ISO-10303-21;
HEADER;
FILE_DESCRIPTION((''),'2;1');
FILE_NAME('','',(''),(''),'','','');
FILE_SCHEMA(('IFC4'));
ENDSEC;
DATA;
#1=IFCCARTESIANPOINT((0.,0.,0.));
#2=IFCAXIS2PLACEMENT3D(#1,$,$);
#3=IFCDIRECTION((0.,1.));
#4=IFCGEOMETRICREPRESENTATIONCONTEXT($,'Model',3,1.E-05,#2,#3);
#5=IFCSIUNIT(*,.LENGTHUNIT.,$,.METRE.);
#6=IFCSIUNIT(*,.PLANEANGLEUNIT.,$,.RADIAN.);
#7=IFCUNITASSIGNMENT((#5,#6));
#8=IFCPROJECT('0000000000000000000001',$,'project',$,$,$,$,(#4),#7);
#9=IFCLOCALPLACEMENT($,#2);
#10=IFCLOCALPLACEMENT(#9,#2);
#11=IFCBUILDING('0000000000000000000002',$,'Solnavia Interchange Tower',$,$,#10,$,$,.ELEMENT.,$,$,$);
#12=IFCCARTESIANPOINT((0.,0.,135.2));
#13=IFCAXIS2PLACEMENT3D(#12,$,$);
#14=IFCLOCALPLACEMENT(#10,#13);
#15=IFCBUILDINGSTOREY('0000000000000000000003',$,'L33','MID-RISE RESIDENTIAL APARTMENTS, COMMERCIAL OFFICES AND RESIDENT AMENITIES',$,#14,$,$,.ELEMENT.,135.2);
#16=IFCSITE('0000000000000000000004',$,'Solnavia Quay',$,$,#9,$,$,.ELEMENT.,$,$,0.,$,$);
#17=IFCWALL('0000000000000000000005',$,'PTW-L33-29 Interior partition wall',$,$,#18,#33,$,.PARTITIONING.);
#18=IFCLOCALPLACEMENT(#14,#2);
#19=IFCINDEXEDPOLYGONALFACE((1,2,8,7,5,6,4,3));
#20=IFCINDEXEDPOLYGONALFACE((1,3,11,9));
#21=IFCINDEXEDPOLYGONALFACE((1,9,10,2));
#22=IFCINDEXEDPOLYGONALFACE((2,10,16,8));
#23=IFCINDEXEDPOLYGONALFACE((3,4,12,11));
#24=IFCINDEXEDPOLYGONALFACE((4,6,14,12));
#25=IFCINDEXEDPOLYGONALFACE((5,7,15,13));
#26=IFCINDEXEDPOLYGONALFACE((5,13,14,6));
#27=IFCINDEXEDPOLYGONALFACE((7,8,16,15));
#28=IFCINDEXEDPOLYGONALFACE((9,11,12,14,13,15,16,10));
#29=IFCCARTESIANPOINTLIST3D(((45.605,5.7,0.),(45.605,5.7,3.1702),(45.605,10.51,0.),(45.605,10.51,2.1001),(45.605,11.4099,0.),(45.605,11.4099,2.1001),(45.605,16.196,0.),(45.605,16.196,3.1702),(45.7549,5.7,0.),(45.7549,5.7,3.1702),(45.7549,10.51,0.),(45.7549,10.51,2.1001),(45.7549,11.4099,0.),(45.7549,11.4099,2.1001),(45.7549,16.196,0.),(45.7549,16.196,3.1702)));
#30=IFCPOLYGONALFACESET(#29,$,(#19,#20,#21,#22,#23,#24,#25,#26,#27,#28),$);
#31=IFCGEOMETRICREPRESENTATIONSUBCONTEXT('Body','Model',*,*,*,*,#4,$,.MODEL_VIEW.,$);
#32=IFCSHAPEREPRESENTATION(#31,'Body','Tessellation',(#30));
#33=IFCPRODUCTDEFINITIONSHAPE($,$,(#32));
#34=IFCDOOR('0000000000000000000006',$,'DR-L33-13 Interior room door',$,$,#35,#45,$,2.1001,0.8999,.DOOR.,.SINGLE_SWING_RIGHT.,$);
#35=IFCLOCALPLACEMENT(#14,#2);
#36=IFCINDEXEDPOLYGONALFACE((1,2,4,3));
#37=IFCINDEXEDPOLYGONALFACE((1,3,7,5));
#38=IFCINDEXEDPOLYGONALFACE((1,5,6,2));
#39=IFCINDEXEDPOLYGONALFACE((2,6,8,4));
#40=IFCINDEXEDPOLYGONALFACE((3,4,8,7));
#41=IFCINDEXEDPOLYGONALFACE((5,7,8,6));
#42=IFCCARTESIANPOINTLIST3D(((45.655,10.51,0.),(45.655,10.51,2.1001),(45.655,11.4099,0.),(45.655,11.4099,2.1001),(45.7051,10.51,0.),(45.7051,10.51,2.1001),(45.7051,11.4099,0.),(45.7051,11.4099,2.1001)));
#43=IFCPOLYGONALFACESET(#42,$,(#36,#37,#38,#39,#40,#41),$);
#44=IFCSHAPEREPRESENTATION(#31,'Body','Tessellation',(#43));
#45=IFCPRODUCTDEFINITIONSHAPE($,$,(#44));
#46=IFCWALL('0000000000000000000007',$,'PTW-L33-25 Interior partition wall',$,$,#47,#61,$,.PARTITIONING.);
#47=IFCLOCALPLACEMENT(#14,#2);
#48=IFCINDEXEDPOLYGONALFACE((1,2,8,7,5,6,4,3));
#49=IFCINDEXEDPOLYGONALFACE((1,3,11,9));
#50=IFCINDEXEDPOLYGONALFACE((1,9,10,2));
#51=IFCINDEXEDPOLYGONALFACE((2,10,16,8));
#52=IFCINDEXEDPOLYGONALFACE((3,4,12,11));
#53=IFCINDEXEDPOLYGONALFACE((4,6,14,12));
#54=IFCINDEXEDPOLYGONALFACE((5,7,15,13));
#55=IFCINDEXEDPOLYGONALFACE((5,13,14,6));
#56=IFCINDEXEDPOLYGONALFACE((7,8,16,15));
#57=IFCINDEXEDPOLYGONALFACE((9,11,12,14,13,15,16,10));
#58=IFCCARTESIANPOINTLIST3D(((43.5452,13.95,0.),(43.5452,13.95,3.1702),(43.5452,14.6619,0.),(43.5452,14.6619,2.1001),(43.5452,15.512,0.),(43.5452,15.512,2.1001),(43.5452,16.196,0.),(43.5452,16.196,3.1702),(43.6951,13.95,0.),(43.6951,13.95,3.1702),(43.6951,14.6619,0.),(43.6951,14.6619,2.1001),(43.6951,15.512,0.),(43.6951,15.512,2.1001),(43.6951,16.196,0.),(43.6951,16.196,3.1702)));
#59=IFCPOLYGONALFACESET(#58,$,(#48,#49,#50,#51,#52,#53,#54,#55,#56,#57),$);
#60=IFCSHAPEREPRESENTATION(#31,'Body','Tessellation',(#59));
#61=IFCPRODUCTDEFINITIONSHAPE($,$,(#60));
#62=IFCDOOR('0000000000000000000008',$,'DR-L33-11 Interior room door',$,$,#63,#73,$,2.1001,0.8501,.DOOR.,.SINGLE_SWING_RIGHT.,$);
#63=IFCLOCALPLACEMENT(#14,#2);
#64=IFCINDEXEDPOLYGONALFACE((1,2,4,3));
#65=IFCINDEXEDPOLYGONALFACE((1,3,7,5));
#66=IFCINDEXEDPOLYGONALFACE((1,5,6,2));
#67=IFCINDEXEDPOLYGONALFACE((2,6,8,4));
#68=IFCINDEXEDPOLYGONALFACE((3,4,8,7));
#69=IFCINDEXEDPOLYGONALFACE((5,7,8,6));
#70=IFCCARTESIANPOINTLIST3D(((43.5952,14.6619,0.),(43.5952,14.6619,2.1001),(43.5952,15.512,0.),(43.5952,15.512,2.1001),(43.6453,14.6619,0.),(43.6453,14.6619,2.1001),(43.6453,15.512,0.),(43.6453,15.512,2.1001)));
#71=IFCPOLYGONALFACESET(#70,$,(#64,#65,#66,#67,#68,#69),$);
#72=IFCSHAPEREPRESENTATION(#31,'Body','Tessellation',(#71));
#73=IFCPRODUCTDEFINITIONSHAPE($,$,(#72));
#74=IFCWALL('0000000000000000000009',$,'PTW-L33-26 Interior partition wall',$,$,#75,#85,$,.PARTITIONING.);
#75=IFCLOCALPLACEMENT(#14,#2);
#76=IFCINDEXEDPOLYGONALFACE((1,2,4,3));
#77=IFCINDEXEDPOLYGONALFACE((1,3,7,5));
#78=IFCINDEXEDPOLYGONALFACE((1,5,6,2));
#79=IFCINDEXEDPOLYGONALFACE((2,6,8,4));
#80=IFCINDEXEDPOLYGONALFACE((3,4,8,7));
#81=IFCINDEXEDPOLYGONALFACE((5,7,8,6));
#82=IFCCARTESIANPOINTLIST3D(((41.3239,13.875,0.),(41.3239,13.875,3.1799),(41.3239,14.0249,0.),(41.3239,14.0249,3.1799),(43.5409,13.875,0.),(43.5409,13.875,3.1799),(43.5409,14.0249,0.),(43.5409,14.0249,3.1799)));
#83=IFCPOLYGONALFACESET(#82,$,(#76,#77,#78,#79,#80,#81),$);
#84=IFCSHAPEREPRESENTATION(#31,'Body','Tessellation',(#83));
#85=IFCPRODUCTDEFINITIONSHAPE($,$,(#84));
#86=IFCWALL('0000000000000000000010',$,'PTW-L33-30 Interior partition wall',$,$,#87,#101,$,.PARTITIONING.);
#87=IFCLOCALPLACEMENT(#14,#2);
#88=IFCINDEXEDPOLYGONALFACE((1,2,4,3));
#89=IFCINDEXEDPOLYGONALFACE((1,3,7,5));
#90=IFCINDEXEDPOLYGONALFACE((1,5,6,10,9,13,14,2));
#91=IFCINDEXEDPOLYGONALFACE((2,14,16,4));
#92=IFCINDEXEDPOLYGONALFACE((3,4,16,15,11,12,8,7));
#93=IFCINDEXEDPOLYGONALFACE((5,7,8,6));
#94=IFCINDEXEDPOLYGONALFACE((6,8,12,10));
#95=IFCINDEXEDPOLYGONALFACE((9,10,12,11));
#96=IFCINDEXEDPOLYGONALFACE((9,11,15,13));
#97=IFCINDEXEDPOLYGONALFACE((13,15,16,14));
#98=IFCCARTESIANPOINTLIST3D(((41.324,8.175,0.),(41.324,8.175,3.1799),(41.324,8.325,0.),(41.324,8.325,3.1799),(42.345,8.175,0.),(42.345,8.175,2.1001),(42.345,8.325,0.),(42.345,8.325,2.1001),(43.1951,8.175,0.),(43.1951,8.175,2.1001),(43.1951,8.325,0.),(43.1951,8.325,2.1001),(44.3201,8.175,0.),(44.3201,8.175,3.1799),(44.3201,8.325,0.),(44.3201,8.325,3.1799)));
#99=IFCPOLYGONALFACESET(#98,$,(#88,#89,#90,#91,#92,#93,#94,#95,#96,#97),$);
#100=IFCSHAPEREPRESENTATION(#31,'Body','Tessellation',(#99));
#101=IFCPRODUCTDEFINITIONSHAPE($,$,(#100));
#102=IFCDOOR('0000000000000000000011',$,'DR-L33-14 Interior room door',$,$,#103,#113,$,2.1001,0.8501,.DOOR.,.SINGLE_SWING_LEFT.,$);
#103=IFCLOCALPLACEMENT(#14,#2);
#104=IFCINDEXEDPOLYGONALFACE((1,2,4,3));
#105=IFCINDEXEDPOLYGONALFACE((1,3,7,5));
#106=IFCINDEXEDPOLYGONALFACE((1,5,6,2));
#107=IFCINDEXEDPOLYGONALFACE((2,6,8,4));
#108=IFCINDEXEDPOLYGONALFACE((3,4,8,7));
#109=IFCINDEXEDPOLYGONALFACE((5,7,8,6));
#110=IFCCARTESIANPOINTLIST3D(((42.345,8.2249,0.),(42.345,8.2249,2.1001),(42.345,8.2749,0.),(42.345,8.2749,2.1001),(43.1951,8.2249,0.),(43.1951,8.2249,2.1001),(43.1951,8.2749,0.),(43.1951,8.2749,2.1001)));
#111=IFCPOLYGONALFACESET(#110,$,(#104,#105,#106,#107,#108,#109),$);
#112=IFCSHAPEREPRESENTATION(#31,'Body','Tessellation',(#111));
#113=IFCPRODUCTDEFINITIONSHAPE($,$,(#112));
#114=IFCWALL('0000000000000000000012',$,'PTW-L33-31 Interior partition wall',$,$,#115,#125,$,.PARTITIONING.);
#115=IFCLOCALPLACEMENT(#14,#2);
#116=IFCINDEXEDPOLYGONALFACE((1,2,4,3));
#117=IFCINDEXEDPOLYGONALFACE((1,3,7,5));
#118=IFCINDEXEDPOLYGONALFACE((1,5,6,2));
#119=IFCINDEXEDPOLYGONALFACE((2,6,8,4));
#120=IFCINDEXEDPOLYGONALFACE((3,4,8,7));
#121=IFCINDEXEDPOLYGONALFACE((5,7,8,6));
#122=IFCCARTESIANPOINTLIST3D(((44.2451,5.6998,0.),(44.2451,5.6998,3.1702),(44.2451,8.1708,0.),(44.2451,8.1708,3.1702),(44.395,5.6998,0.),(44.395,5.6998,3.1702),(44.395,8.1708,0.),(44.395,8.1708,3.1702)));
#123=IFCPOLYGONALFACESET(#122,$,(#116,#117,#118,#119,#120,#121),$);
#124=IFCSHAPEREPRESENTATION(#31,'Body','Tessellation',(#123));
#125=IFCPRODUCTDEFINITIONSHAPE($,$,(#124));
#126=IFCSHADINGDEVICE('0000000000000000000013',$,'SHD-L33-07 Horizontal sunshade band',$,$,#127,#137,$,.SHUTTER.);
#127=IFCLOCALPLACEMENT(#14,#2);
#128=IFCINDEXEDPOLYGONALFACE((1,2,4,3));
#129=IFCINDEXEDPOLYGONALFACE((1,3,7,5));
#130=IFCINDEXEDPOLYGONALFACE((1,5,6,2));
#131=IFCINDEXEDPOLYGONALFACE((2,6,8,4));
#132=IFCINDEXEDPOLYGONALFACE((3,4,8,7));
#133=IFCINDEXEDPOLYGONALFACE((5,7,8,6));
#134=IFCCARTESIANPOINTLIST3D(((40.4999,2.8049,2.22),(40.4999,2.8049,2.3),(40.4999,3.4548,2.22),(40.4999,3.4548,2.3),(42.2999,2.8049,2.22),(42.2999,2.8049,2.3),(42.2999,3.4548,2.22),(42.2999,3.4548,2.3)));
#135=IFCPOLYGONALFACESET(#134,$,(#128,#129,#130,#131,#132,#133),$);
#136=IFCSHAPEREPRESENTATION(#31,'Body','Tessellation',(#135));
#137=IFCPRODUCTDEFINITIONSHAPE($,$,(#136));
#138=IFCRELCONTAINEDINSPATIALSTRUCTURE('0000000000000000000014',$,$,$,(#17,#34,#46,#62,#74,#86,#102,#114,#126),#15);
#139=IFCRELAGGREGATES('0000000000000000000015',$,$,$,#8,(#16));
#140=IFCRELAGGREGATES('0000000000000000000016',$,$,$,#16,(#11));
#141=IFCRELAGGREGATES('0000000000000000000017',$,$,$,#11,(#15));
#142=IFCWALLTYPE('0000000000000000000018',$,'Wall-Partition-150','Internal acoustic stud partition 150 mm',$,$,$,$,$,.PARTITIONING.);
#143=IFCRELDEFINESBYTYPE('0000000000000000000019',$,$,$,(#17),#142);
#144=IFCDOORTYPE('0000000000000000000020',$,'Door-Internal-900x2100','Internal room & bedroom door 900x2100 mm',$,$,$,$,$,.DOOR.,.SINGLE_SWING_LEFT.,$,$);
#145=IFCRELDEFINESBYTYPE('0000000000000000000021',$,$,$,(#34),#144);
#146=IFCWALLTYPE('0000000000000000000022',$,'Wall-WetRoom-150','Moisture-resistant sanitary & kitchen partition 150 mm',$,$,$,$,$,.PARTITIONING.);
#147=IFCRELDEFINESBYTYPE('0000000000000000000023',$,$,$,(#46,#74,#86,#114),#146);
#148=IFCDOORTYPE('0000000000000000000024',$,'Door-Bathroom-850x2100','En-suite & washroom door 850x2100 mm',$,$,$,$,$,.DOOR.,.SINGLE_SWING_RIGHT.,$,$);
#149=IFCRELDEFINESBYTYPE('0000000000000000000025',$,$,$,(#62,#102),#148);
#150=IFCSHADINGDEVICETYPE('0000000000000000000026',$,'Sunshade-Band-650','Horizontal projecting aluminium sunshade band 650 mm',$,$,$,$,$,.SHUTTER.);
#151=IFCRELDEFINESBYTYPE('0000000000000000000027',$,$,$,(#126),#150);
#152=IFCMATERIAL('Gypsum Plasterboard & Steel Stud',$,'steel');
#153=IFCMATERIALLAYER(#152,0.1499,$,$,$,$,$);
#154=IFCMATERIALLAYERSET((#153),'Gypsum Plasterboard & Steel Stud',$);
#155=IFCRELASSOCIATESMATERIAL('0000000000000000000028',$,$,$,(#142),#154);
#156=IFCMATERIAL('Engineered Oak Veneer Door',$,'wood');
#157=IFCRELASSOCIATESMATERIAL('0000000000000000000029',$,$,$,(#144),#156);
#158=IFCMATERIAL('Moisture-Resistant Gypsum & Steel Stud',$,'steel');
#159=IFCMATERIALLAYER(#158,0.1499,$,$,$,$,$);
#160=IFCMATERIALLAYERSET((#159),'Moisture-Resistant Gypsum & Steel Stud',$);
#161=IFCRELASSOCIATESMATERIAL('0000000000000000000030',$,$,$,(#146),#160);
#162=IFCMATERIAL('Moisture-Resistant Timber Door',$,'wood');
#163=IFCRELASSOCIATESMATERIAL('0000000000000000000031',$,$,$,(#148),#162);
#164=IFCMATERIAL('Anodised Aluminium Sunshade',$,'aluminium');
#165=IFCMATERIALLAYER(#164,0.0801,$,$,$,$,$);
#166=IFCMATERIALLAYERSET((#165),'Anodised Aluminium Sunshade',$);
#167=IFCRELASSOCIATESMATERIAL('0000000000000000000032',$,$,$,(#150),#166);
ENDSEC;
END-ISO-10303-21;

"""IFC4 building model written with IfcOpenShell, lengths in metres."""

from ifc_helpers import new_model, si_unit, direction, frame, frame_2d, origin, origin_2d, place, context, subcontext, project, spatial, rectangle, extrude, material, layer, layer_set, type_object, element, fill, save


model = new_model("IFC4")

# Units and contexts
model_context = context("Model", 3, precision=1e-05, world=origin(), true_north=direction((0.0, 1.0)))
body_context = subcontext(model_context, "Body", "Model", "MODEL_VIEW")
ifc_project = project(units=[si_unit("LENGTHUNIT", "METRE"), si_unit("PLANEANGLEUNIT", "RADIAN")], contexts=[model_context])

# Site, building, storey
site_placement = place(None, origin())
site = spatial("IfcSite", under=ifc_project, at=site_placement, Name="Solnavia Quay", CompositionType="ELEMENT", RefElevation=0.0)
building_placement = place(site_placement, origin())
building = spatial("IfcBuilding", under=site, at=building_placement, Name="Solnavia Interchange Tower", CompositionType="ELEMENT")
storey_placement = place(building_placement, frame((0.0, 0.0, 135.2)))
storey = spatial("IfcBuildingStorey", under=building, at=storey_placement, Name="L33", Description="MID-RISE RESIDENTIAL APARTMENTS, COMMERCIAL OFFICES AND RESIDENT AMENITIES", CompositionType="ELEMENT", Elevation=135.2)

# Walls, openings, doors
ifc_material_1 = material(Name="Gypsum Plasterboard & Steel Stud", Category="steel")
ifc_layer_1 = layer(ifc_material_1, 0.1499)
ifc_layer_set_1 = layer_set([ifc_layer_1], Name="Gypsum Plasterboard & Steel Stud")
wall_type_1 = type_object("IfcWallType", Name="Wall-Partition-150", Description="Internal acoustic stud partition 150 mm", PredefinedType="PARTITIONING", material=ifc_layer_set_1)
wall_1_placement = place(storey_placement, frame((45.6799, 5.7, 0.0), z_axis=(0.0, 0.0, 1.0), x_axis=(0.0, 1.0, 0.0)))
wall_1 = element("IfcWall", 1, at=wall_1_placement, inside=storey, type_object=wall_type_1, Name="PTW-L33-29 Interior partition wall", PredefinedType="PARTITIONING", context=body_context, shape_type="SweptSolid", body=[
    extrude(rectangle(XDim=10.4961, YDim=0.1499, at=frame_2d((5.248, 0.0))), origin(), (0.0, 0.0, 1.0), 3.1702),
])
opening_1_placement = place(wall_1_placement, frame((4.8101, 0.0, 0.0)))
opening_1 = element("IfcOpeningElement", 2, at=opening_1_placement, cuts=wall_1, PredefinedType="OPENING", context=body_context, shape_type="SweptSolid", body=[
    extrude(rectangle(XDim=0.8999, YDim=2.1001, at=frame_2d((0.45, 1.05))), frame((0.0, 0.085, 0.0), z_axis=(0.0, -1.0, 0.0), x_axis=(1.0, 0.0, 0.0)), (0.0, 0.0, 1.0), 0.1699),
])
ifc_material_2 = material(Name="Engineered Oak Veneer Door", Category="wood")
door_type_1 = type_object("IfcDoorType", Name="Door-Internal-900x2100", Description="Internal room & bedroom door 900x2100 mm", OperationType="SINGLE_SWING_LEFT", PredefinedType="DOOR", material=ifc_material_2)
door_1_placement = place(opening_1_placement, origin())
door_1 = element("IfcDoor", 3, at=door_1_placement, inside=storey, type_object=door_type_1, Name="DR-L33-13 Interior room door", OperationType="SINGLE_SWING_RIGHT", OverallHeight=2.1001, OverallWidth=0.8999, PredefinedType="DOOR", context=body_context, shape_type="SweptSolid", body=[
    extrude(rectangle(XDim=0.8999, YDim=2.1001, at=frame_2d((0.45, 1.05))), frame((0.0, 0.0249, 0.0), z_axis=(0.0, -1.0, 0.0), x_axis=(1.0, 0.0, 0.0)), (0.0, 0.0, 1.0), 0.05),
])
fill(opening_1, door_1)
ifc_material_3 = material(Name="Moisture-Resistant Gypsum & Steel Stud", Category="steel")
ifc_layer_2 = layer(ifc_material_3, 0.1499)
ifc_layer_set_2 = layer_set([ifc_layer_2], Name="Moisture-Resistant Gypsum & Steel Stud")
wall_type_2 = type_object("IfcWallType", Name="Wall-WetRoom-150", Description="Moisture-resistant sanitary & kitchen partition 150 mm", PredefinedType="PARTITIONING", material=ifc_layer_set_2)
wall_2_placement = place(storey_placement, frame((43.6201, 13.95, 0.0), z_axis=(0.0, 0.0, 1.0), x_axis=(0.0, 1.0, 0.0)))
wall_2 = element("IfcWall", 4, at=wall_2_placement, inside=storey, type_object=wall_type_2, Name="PTW-L33-25 Interior partition wall", PredefinedType="PARTITIONING", context=body_context, shape_type="SweptSolid", body=[
    extrude(rectangle(XDim=2.2461, YDim=0.1499, at=frame_2d((1.123, 0.0))), origin(), (0.0, 0.0, 1.0), 3.1702),
])
opening_2_placement = place(wall_2_placement, frame((0.7119, 0.0, 0.0)))
opening_2 = element("IfcOpeningElement", 5, at=opening_2_placement, cuts=wall_2, PredefinedType="OPENING", context=body_context, shape_type="SweptSolid", body=[
    extrude(rectangle(XDim=0.8501, YDim=2.1001, at=frame_2d((0.425, 1.05))), frame((0.0, 0.085, 0.0), z_axis=(0.0, -1.0, 0.0), x_axis=(1.0, 0.0, 0.0)), (0.0, 0.0, 1.0), 0.1699),
])
ifc_material_4 = material(Name="Moisture-Resistant Timber Door", Category="wood")
door_type_2 = type_object("IfcDoorType", Name="Door-Bathroom-850x2100", Description="En-suite & washroom door 850x2100 mm", OperationType="SINGLE_SWING_RIGHT", PredefinedType="DOOR", material=ifc_material_4)
door_2_placement = place(opening_2_placement, origin())
door_2 = element("IfcDoor", 6, at=door_2_placement, inside=storey, type_object=door_type_2, Name="DR-L33-11 Interior room door", OperationType="SINGLE_SWING_RIGHT", OverallHeight=2.1001, OverallWidth=0.8501, PredefinedType="DOOR", context=body_context, shape_type="SweptSolid", body=[
    extrude(rectangle(XDim=0.8501, YDim=2.1001, at=frame_2d((0.425, 1.05))), frame((0.0, 0.0249, 0.0), z_axis=(0.0, -1.0, 0.0), x_axis=(1.0, 0.0, 0.0)), (0.0, 0.0, 1.0), 0.05),
])
fill(opening_2, door_2)

# Wall
wall_3_placement = place(storey_placement, frame((41.324, 13.95, 0.0), z_axis=(0.0, 0.0, 1.0), x_axis=(1.0, 0.0, 0.0)))
element("IfcWall", 7, at=wall_3_placement, inside=storey, type_object=wall_type_2, Name="PTW-L33-26 Interior partition wall", PredefinedType="PARTITIONING", context=body_context, shape_type="SweptSolid", body=[
    extrude(rectangle(XDim=2.217, YDim=0.1499, at=frame_2d((1.1084, 0.0))), origin(), (0.0, 0.0, 1.0), 3.1799),
])

# Wall, opening, door
wall_4_placement = place(storey_placement, frame((41.324, 8.25, 0.0), z_axis=(0.0, 0.0, 1.0), x_axis=(1.0, 0.0, 0.0)))
wall_4 = element("IfcWall", 8, at=wall_4_placement, inside=storey, type_object=wall_type_2, Name="PTW-L33-30 Interior partition wall", PredefinedType="PARTITIONING", context=body_context, shape_type="SweptSolid", body=[
    extrude(rectangle(XDim=2.9961, YDim=0.1499, at=frame_2d((1.498, 0.0))), origin(), (0.0, 0.0, 1.0), 3.1799),
])
opening_3_placement = place(wall_4_placement, frame((1.021, 0.0, 0.0)))
opening_3 = element("IfcOpeningElement", 9, at=opening_3_placement, cuts=wall_4, PredefinedType="OPENING", context=body_context, shape_type="SweptSolid", body=[
    extrude(rectangle(XDim=0.8501, YDim=2.1001, at=frame_2d((0.425, 1.05))), frame((0.0, 0.085, 0.0), z_axis=(0.0, -1.0, 0.0), x_axis=(1.0, 0.0, 0.0)), (0.0, 0.0, 1.0), 0.1699),
])
door_3_placement = place(opening_3_placement, origin())
door_3 = element("IfcDoor", 10, at=door_3_placement, inside=storey, type_object=door_type_2, Name="DR-L33-14 Interior room door", OperationType="SINGLE_SWING_LEFT", OverallHeight=2.1001, OverallWidth=0.8501, PredefinedType="DOOR", context=body_context, shape_type="SweptSolid", body=[
    extrude(rectangle(XDim=0.8501, YDim=2.1001, at=frame_2d((0.425, 1.05))), frame((0.0, 0.0249, 0.0), z_axis=(0.0, -1.0, 0.0), x_axis=(1.0, 0.0, 0.0)), (0.0, 0.0, 1.0), 0.05),
])
fill(opening_3, door_3)

# Wall
wall_5_placement = place(storey_placement, frame((44.3201, 5.7, 0.0), z_axis=(0.0, 0.0, 1.0), x_axis=(0.0, 1.0, 0.0)))
element("IfcWall", 11, at=wall_5_placement, inside=storey, type_object=wall_type_2, Name="PTW-L33-31 Interior partition wall", PredefinedType="PARTITIONING", context=body_context, shape_type="SweptSolid", body=[
    extrude(rectangle(XDim=2.4709, YDim=0.1499, at=frame_2d((1.2354, 0.0))), origin(), (0.0, 0.0, 1.0), 3.1702),
])

# Shading device
ifc_material_5 = material(Name="Anodised Aluminium Sunshade", Category="aluminium")
ifc_layer_3 = layer(ifc_material_5, 0.0801)
ifc_layer_set_3 = layer_set([ifc_layer_3], Name="Anodised Aluminium Sunshade")
shading_device_type = type_object("IfcShadingDeviceType", Name="Sunshade-Band-650", Description="Horizontal projecting aluminium sunshade band 650 mm", PredefinedType="SHUTTER", material=ifc_layer_set_3)
shading_device_placement = place(storey_placement, frame((41.3999, 3.1299, 2.22), z_axis=(0.0, 0.0, 1.0), x_axis=(-1.0, 0.0, 0.0)))
element("IfcShadingDevice", 12, at=shading_device_placement, inside=storey, type_object=shading_device_type, Name="SHD-L33-07 Horizontal sunshade band", PredefinedType="SHUTTER", context=body_context, shape_type="SweptSolid", body=[
    extrude(rectangle(XDim=1.8, YDim=0.6499, at=origin_2d()), origin(), (0.0, 0.0, 1.0), 0.0801),
])

save(model, "model.ifc")
